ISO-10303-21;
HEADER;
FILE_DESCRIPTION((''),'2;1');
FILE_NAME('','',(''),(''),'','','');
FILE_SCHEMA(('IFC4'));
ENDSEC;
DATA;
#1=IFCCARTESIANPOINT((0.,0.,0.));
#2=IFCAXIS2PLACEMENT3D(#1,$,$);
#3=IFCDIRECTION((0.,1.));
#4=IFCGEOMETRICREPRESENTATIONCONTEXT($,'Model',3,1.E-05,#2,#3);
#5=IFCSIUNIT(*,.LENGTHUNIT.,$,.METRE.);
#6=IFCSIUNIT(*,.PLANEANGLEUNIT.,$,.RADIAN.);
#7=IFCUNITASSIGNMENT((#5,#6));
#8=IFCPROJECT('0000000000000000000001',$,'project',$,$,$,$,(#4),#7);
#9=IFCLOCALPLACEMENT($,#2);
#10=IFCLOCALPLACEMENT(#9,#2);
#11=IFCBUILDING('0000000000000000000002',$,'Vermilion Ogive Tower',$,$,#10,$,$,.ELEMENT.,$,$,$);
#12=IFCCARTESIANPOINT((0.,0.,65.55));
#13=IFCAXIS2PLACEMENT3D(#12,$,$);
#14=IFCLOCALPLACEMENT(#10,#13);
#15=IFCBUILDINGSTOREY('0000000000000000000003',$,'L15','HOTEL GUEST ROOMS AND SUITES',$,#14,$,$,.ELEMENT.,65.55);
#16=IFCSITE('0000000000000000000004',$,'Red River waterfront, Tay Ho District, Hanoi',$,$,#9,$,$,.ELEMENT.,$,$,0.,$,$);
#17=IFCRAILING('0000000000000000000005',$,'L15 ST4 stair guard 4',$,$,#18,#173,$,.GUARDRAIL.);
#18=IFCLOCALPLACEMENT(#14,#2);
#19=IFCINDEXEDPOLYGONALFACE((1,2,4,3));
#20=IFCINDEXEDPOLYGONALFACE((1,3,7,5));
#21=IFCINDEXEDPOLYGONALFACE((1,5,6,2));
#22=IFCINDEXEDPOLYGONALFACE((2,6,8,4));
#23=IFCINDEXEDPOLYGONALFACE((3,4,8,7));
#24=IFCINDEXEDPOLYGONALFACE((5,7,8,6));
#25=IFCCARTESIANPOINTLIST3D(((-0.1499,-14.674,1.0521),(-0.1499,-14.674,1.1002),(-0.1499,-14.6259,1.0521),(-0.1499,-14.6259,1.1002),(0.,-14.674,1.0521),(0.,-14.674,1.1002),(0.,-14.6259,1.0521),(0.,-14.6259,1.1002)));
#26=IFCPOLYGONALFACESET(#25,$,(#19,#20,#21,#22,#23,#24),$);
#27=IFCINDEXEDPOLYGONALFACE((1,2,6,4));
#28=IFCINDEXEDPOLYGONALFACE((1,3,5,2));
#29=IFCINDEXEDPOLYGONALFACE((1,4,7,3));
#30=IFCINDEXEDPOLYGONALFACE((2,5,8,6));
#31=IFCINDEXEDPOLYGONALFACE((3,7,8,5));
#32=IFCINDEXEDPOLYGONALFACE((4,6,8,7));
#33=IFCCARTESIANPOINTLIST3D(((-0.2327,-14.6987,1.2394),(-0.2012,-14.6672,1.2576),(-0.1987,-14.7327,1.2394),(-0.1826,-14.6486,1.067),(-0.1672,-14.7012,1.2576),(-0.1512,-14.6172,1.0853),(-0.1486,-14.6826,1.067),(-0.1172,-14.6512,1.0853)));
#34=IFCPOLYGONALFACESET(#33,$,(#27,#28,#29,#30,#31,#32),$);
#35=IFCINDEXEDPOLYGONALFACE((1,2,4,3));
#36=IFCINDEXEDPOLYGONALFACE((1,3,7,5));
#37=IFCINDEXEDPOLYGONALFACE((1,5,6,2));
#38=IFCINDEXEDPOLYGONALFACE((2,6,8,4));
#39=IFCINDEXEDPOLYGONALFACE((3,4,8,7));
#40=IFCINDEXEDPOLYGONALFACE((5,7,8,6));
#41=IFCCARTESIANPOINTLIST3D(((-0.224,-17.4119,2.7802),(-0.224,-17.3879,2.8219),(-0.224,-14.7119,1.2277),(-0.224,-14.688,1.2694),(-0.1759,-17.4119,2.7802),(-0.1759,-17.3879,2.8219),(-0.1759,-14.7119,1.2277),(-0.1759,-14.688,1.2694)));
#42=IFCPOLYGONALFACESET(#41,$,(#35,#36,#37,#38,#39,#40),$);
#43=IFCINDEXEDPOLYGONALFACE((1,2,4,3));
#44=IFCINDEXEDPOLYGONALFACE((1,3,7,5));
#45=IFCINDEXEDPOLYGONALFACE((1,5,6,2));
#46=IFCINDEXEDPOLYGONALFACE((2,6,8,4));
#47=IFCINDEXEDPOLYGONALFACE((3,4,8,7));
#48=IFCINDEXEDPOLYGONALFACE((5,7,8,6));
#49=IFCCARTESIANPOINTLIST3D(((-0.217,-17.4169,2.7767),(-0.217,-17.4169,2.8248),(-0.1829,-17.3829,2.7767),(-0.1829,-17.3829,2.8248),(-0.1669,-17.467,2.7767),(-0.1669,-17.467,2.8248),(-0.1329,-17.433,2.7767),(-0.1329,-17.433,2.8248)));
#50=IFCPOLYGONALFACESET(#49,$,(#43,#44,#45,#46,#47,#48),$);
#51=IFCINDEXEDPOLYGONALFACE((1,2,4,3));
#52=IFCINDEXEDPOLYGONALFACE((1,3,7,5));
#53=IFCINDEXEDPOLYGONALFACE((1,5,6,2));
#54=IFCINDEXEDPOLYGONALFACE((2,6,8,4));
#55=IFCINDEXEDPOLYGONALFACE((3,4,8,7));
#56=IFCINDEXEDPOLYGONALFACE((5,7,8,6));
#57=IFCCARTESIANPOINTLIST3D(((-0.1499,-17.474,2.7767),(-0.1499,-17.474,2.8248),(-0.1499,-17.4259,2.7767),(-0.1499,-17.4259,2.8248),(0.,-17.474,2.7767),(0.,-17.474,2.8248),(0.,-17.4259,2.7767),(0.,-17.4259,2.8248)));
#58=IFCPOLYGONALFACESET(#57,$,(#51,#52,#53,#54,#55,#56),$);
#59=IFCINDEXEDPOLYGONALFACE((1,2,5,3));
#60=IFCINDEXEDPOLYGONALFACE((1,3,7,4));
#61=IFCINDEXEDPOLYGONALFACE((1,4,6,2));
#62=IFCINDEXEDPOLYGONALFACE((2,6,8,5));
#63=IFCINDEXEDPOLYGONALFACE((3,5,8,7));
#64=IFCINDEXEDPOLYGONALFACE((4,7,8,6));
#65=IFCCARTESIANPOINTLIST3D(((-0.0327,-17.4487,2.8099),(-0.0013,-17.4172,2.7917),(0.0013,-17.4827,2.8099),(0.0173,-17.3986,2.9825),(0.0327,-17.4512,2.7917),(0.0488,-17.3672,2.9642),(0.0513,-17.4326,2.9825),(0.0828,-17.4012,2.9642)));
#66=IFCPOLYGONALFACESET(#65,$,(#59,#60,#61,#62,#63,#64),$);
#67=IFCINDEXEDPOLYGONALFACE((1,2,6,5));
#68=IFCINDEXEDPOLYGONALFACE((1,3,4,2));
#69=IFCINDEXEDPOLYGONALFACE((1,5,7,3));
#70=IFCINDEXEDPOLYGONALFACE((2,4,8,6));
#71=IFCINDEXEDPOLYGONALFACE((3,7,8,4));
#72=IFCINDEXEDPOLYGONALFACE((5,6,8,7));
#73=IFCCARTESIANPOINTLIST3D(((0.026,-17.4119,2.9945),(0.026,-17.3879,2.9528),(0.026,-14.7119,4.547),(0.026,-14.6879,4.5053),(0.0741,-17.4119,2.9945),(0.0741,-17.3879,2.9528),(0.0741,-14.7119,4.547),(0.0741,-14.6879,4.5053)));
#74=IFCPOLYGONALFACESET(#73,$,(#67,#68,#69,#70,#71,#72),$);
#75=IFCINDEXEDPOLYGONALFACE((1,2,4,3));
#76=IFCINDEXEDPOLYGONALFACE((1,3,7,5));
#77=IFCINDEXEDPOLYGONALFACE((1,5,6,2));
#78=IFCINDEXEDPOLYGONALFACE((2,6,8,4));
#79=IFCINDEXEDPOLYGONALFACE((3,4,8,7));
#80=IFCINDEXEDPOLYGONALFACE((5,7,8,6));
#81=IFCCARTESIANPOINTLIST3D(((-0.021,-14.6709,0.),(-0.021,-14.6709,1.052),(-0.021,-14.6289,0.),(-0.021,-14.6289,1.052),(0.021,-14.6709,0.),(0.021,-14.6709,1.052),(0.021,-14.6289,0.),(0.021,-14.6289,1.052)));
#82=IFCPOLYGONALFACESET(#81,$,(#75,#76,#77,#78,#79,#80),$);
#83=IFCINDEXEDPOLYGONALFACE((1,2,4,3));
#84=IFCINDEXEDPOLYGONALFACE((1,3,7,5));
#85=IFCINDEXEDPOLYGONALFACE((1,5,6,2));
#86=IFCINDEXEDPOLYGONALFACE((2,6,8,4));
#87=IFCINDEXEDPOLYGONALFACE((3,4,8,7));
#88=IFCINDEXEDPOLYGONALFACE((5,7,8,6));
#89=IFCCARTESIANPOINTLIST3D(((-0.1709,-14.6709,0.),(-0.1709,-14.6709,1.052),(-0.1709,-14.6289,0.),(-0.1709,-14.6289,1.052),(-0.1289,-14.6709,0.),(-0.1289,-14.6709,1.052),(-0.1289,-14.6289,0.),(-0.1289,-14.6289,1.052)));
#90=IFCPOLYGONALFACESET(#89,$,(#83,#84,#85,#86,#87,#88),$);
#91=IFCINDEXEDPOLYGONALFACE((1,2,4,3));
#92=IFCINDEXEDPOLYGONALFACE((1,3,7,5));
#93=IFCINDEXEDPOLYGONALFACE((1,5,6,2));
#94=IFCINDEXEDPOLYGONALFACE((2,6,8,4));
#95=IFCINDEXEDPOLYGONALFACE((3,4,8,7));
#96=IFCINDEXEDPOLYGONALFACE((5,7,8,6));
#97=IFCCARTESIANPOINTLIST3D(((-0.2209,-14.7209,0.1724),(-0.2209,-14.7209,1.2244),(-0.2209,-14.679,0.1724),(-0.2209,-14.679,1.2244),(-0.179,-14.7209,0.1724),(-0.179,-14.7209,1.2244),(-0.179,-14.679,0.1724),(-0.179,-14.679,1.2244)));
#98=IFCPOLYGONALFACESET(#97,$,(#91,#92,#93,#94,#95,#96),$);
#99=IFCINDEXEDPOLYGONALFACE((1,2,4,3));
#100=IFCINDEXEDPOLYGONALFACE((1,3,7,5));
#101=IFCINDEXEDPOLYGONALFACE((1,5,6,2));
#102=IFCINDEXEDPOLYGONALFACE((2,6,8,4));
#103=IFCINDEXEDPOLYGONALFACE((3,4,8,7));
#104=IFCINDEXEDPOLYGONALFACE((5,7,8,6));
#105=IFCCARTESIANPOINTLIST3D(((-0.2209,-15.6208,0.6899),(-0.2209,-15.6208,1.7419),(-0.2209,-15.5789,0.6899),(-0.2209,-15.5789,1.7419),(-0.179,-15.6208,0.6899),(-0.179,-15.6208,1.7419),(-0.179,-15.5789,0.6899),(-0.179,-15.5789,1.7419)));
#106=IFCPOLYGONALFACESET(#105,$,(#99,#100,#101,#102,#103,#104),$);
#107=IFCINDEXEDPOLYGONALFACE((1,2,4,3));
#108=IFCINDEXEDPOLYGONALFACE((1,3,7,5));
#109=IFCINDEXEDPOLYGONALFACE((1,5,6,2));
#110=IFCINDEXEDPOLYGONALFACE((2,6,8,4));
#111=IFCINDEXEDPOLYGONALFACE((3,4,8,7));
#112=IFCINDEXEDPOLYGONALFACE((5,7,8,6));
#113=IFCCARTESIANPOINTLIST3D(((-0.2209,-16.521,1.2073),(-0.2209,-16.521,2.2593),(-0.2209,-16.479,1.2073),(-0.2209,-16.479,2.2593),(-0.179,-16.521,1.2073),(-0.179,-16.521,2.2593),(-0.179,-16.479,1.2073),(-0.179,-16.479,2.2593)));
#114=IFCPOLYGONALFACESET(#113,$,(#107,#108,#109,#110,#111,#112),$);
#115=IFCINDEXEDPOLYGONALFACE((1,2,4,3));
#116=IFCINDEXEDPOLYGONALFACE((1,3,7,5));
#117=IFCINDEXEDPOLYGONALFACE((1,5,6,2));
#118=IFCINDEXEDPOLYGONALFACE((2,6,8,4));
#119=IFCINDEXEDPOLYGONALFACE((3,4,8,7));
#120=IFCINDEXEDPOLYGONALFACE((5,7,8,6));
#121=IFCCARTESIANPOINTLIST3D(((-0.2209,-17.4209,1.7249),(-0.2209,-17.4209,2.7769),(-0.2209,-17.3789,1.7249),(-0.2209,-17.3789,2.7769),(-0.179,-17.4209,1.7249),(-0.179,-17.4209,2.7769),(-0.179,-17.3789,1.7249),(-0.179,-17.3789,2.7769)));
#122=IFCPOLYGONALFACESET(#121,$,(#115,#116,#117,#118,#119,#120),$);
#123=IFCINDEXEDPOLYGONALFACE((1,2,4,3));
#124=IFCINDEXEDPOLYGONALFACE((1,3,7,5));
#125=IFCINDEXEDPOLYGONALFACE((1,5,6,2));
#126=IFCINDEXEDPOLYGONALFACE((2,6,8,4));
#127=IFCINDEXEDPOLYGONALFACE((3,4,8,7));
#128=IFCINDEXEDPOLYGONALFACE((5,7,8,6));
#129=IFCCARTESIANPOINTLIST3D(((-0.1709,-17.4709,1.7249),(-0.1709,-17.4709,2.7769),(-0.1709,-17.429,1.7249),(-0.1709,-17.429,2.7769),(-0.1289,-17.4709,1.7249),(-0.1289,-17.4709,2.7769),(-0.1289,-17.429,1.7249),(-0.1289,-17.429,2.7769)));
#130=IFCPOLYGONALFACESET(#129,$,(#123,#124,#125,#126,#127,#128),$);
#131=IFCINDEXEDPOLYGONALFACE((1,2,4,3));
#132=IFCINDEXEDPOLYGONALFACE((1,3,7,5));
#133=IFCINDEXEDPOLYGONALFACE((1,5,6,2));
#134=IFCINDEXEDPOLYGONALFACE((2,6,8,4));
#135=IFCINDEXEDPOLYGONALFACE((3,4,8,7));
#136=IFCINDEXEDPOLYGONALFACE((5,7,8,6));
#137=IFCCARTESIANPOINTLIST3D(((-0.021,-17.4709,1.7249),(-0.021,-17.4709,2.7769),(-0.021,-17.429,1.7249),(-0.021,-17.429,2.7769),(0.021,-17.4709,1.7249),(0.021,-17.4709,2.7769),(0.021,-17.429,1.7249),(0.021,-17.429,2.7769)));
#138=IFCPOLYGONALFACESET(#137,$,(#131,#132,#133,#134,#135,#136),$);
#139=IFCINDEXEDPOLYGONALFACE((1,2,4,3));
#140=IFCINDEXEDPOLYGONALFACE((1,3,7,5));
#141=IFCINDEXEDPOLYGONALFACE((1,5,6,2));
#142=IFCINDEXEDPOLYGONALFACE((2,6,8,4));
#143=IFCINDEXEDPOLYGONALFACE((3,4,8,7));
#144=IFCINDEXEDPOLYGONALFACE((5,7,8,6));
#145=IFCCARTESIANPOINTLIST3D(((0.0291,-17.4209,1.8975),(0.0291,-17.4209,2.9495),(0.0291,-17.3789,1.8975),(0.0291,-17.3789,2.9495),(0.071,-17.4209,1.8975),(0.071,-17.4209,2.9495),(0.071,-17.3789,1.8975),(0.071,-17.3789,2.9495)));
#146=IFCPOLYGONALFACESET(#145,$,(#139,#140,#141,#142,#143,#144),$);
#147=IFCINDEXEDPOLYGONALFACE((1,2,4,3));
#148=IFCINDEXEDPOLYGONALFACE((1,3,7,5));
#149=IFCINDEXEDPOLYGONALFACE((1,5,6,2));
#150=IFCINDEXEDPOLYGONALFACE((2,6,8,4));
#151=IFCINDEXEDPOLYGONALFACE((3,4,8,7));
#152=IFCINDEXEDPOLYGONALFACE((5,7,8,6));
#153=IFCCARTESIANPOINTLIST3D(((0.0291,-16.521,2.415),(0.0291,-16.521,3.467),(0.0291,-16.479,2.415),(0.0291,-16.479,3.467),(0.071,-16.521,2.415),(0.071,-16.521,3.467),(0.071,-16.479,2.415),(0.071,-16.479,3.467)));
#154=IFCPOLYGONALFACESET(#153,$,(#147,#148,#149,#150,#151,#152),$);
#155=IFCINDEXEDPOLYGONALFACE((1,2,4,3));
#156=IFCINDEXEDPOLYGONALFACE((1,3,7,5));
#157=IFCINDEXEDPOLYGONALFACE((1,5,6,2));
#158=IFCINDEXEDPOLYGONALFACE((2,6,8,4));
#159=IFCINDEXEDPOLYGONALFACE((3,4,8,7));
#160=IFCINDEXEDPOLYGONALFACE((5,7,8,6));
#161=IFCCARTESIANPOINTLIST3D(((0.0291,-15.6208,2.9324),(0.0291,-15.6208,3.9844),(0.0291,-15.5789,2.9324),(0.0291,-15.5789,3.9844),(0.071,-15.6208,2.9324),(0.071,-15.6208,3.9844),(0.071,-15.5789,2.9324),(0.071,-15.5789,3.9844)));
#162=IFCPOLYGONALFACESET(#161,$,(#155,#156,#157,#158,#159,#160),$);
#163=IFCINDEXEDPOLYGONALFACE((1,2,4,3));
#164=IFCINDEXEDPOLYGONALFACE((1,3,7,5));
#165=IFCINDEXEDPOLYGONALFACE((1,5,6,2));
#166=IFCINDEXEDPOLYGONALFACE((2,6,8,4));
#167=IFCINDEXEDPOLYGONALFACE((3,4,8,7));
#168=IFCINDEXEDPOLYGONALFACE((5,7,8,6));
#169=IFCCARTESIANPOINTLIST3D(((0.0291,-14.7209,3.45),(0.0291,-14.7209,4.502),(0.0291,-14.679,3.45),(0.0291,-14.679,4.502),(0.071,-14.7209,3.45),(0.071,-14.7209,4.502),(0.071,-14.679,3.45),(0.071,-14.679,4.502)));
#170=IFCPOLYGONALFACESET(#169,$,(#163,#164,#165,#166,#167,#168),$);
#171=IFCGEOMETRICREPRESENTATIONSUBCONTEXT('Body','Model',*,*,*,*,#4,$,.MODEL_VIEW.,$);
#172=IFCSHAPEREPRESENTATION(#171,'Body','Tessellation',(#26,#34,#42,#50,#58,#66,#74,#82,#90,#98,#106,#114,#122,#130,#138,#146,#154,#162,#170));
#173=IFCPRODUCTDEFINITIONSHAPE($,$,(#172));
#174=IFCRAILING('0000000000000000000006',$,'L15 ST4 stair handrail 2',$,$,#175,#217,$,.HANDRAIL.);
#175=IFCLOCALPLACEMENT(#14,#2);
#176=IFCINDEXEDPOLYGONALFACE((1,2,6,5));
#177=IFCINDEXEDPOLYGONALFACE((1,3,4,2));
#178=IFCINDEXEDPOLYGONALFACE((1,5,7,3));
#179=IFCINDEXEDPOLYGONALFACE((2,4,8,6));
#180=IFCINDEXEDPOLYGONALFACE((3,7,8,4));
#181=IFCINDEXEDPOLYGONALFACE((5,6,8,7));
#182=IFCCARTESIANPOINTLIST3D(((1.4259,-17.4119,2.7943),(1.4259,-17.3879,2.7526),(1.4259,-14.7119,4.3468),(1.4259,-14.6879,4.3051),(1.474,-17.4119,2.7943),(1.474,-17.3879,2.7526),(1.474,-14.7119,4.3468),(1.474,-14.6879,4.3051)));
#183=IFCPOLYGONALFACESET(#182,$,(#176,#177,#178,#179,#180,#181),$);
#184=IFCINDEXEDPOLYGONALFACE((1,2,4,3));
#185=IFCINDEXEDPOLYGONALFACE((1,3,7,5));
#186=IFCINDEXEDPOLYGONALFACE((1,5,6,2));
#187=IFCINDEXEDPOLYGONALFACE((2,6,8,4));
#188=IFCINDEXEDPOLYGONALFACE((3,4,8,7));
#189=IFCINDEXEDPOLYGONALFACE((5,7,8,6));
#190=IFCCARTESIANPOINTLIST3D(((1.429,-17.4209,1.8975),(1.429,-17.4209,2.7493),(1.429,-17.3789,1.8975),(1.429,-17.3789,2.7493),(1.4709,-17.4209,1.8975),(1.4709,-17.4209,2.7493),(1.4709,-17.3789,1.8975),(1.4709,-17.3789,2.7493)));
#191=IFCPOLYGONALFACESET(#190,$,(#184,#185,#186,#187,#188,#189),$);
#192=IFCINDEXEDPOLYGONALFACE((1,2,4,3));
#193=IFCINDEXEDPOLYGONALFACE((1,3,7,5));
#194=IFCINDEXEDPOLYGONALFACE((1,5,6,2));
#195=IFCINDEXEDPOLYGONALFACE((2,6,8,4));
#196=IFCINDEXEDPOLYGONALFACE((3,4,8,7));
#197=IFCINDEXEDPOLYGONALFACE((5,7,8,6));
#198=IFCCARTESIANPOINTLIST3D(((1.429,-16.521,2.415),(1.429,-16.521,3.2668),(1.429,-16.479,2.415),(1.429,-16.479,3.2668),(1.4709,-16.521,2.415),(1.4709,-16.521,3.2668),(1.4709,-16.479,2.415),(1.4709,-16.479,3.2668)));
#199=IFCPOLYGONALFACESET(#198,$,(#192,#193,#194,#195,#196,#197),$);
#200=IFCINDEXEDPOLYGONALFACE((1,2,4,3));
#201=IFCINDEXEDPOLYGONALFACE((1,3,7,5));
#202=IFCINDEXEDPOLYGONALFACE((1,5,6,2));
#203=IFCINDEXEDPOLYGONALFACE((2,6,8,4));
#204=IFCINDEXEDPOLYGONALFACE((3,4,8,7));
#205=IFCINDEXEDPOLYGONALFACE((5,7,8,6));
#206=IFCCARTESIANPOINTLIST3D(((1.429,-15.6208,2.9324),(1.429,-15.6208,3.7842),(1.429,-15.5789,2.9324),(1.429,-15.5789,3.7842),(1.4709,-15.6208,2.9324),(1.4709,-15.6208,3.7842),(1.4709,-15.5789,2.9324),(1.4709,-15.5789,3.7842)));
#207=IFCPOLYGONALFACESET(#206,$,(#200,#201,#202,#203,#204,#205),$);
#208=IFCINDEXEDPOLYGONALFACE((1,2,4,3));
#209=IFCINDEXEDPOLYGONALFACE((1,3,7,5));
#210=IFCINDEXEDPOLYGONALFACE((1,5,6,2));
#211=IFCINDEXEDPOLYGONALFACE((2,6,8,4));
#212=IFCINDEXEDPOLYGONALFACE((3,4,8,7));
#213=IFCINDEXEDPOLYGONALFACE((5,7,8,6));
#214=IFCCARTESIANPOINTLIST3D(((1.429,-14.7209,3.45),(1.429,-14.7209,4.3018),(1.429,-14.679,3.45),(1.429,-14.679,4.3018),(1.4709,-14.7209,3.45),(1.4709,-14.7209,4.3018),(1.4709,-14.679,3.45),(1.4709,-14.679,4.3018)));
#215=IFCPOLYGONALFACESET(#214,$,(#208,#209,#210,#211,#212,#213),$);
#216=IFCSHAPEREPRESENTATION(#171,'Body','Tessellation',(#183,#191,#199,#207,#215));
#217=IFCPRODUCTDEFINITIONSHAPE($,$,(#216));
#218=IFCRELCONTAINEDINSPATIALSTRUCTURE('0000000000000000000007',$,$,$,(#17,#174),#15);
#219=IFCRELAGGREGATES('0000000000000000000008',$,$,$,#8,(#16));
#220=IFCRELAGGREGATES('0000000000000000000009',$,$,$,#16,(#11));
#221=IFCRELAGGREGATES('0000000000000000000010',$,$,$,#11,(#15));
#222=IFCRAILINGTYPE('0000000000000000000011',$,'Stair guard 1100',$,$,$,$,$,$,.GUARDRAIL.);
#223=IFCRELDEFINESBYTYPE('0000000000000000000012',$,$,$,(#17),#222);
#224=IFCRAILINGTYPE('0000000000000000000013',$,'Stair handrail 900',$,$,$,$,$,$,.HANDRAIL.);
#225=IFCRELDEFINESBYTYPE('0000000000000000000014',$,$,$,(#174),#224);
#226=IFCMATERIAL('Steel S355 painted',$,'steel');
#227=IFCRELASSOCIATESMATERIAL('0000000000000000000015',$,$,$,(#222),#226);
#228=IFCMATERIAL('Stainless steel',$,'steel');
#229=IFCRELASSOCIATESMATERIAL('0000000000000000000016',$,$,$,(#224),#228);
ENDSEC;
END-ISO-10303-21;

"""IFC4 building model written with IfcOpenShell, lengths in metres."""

from ifc_helpers import new_model, si_unit, direction, frame, origin, origin_2d, place, context, subcontext, project, spatial, rectangle, extrude, material, type_object, element, save


model = new_model("IFC4")

# Units and contexts
model_context = context("Model", 3, precision=1e-05, world=origin(), true_north=direction((0.0, 1.0)))
body_context = subcontext(model_context, "Body", "Model", "MODEL_VIEW")
ifc_project = project(units=[si_unit("LENGTHUNIT", "METRE"), si_unit("PLANEANGLEUNIT", "RADIAN")], contexts=[model_context])

# Site, building, storey
site_placement = place(None, origin())
site = spatial("IfcSite", under=ifc_project, at=site_placement, Name="Red River waterfront, Tay Ho District, Hanoi", CompositionType="ELEMENT", RefElevation=0.0)
building_placement = place(site_placement, origin())
building = spatial("IfcBuilding", under=site, at=building_placement, Name="Vermilion Ogive Tower", CompositionType="ELEMENT")
storey_placement = place(building_placement, frame((0.0, 0.0, 65.55)))
storey = spatial("IfcBuildingStorey", under=building, at=storey_placement, Name="L15", Description="HOTEL GUEST ROOMS AND SUITES", CompositionType="ELEMENT", Elevation=65.55)

# Railings
ifc_material_1 = material(Name="Steel S355 painted", Category="steel")
railing_type_1 = type_object("IfcRailingType", Name="Stair guard 1100", PredefinedType="GUARDRAIL", material=ifc_material_1)
railing_1_placement = place(storey_placement, frame((0.0, -14.6499, 0.0)))
element("IfcRailing", 1, at=railing_1_placement, inside=storey, type_object=railing_type_1, Name="L15 ST4 stair guard 4", PredefinedType="GUARDRAIL", context=body_context, shape_type="SweptSolid", body=[
    extrude(rectangle(XDim=0.0481, YDim=0.0481, at=origin_2d()), frame((0.0, 0.0, 1.0762), z_axis=(-1.0, 0.0, 0.0), x_axis=(0.0, -1.0, 0.0)), (0.0, 0.0, 1.0), 0.1499),
    extrude(rectangle(XDim=0.0481, YDim=0.0481, at=origin_2d()), frame((-0.1499, 0.0, 1.0762), z_axis=(-0.268603, -0.268603, 0.925043), x_axis=(0.707107, -0.707107, 0.0)), (0.0, 0.0, 1.0), 0.1863),
    extrude(rectangle(XDim=0.0481, YDim=0.0481, at=origin_2d()), frame((-0.2, -0.05, 1.2485), z_axis=(0.0, -0.866904, 0.498476), x_axis=(1.0, 0.0, 0.0)), (0.0, 0.0, 1.0), 3.1145),
    extrude(rectangle(XDim=0.0481, YDim=0.0481, at=origin_2d()), frame((-0.2, -2.75, 2.8008), z_axis=(0.707107, -0.707107, 0.0), x_axis=(0.707107, 0.707107, 0.0)), (0.0, 0.0, 1.0), 0.0708),
    extrude(rectangle(XDim=0.0481, YDim=0.0481, at=origin_2d()), frame((-0.1499, -2.8, 2.8008), z_axis=(1.0, 0.0, 0.0), x_axis=(0.0, 1.0, 0.0)), (0.0, 0.0, 1.0), 0.1499),
    extrude(rectangle(XDim=0.0481, YDim=0.0481, at=origin_2d()), frame((0.0, -2.8, 2.8008), z_axis=(0.268278, 0.268278, 0.925232), x_axis=(-0.707107, 0.707107, 0.0)), (0.0, 0.0, 1.0), 0.1865),
    extrude(rectangle(XDim=0.0481, YDim=0.0481, at=origin_2d()), frame((0.05, -2.75, 2.9736), z_axis=(0.0, 0.866904, 0.498476), x_axis=(-1.0, 0.0, 0.0)), (0.0, 0.0, 1.0), 3.1145),
    extrude(rectangle(XDim=0.042, YDim=0.042, at=origin_2d()), origin(), (0.0, 0.0, 1.0), 1.052),
    extrude(rectangle(XDim=0.042, YDim=0.042, at=origin_2d()), frame((-0.1499, 0.0, 0.0)), (0.0, 0.0, 1.0), 1.052),
    extrude(rectangle(XDim=0.042, YDim=0.042, at=origin_2d()), frame((-0.2, -0.05, 0.1724)), (0.0, 0.0, 1.0), 1.052),
    extrude(rectangle(XDim=0.042, YDim=0.042, at=origin_2d()), frame((-0.2, -0.95, 0.6899)), (0.0, 0.0, 1.0), 1.052),
    extrude(rectangle(XDim=0.042, YDim=0.042, at=origin_2d()), frame((-0.2, -1.8501, 1.2073)), (0.0, 0.0, 1.0), 1.052),
    extrude(rectangle(XDim=0.042, YDim=0.042, at=origin_2d()), frame((-0.2, -2.75, 1.7249)), (0.0, 0.0, 1.0), 1.052),
    extrude(rectangle(XDim=0.042, YDim=0.042, at=origin_2d()), frame((-0.1499, -2.8, 1.7249)), (0.0, 0.0, 1.0), 1.052),
    extrude(rectangle(XDim=0.042, YDim=0.042, at=origin_2d()), frame((0.0, -2.8, 1.7249)), (0.0, 0.0, 1.0), 1.052),
    extrude(rectangle(XDim=0.042, YDim=0.042, at=origin_2d()), frame((0.05, -2.75, 1.8975)), (0.0, 0.0, 1.0), 1.052),
    extrude(rectangle(XDim=0.042, YDim=0.042, at=origin_2d()), frame((0.05, -1.8501, 2.415)), (0.0, 0.0, 1.0), 1.052),
    extrude(rectangle(XDim=0.042, YDim=0.042, at=origin_2d()), frame((0.05, -0.95, 2.9324)), (0.0, 0.0, 1.0), 1.052),
    extrude(rectangle(XDim=0.042, YDim=0.042, at=origin_2d()), frame((0.05, -0.05, 3.45)), (0.0, 0.0, 1.0), 1.052),
])
ifc_material_2 = material(Name="Stainless steel", Category="steel")
railing_type_2 = type_object("IfcRailingType", Name="Stair handrail 900", PredefinedType="HANDRAIL", material=ifc_material_2)
railing_2_placement = place(storey_placement, frame((1.45, -17.3999, 1.8975)))
element("IfcRailing", 2, at=railing_2_placement, inside=storey, type_object=railing_type_2, Name="L15 ST4 stair handrail 2", PredefinedType="HANDRAIL", context=body_context, shape_type="SweptSolid", body=[
    extrude(rectangle(XDim=0.0481, YDim=0.0481, at=origin_2d()), frame((0.0, 0.0, 0.876), z_axis=(0.0, 0.866904, 0.498476), x_axis=(-1.0, 0.0, 0.0)), (0.0, 0.0, 1.0), 3.1145),
    extrude(rectangle(XDim=0.042, YDim=0.042, at=origin_2d()), origin(), (0.0, 0.0, 1.0), 0.8518),
    extrude(rectangle(XDim=0.042, YDim=0.042, at=origin_2d()), frame((0.0, 0.8999, 0.5176)), (0.0, 0.0, 1.0), 0.8518),
    extrude(rectangle(XDim=0.042, YDim=0.042, at=origin_2d()), frame((0.0, 1.8, 1.0349)), (0.0, 0.0, 1.0), 0.8518),
    extrude(rectangle(XDim=0.042, YDim=0.042, at=origin_2d()), frame((0.0, 2.7, 1.5525)), (0.0, 0.0, 1.0), 0.8518),
])

save(model, "model.ifc")
